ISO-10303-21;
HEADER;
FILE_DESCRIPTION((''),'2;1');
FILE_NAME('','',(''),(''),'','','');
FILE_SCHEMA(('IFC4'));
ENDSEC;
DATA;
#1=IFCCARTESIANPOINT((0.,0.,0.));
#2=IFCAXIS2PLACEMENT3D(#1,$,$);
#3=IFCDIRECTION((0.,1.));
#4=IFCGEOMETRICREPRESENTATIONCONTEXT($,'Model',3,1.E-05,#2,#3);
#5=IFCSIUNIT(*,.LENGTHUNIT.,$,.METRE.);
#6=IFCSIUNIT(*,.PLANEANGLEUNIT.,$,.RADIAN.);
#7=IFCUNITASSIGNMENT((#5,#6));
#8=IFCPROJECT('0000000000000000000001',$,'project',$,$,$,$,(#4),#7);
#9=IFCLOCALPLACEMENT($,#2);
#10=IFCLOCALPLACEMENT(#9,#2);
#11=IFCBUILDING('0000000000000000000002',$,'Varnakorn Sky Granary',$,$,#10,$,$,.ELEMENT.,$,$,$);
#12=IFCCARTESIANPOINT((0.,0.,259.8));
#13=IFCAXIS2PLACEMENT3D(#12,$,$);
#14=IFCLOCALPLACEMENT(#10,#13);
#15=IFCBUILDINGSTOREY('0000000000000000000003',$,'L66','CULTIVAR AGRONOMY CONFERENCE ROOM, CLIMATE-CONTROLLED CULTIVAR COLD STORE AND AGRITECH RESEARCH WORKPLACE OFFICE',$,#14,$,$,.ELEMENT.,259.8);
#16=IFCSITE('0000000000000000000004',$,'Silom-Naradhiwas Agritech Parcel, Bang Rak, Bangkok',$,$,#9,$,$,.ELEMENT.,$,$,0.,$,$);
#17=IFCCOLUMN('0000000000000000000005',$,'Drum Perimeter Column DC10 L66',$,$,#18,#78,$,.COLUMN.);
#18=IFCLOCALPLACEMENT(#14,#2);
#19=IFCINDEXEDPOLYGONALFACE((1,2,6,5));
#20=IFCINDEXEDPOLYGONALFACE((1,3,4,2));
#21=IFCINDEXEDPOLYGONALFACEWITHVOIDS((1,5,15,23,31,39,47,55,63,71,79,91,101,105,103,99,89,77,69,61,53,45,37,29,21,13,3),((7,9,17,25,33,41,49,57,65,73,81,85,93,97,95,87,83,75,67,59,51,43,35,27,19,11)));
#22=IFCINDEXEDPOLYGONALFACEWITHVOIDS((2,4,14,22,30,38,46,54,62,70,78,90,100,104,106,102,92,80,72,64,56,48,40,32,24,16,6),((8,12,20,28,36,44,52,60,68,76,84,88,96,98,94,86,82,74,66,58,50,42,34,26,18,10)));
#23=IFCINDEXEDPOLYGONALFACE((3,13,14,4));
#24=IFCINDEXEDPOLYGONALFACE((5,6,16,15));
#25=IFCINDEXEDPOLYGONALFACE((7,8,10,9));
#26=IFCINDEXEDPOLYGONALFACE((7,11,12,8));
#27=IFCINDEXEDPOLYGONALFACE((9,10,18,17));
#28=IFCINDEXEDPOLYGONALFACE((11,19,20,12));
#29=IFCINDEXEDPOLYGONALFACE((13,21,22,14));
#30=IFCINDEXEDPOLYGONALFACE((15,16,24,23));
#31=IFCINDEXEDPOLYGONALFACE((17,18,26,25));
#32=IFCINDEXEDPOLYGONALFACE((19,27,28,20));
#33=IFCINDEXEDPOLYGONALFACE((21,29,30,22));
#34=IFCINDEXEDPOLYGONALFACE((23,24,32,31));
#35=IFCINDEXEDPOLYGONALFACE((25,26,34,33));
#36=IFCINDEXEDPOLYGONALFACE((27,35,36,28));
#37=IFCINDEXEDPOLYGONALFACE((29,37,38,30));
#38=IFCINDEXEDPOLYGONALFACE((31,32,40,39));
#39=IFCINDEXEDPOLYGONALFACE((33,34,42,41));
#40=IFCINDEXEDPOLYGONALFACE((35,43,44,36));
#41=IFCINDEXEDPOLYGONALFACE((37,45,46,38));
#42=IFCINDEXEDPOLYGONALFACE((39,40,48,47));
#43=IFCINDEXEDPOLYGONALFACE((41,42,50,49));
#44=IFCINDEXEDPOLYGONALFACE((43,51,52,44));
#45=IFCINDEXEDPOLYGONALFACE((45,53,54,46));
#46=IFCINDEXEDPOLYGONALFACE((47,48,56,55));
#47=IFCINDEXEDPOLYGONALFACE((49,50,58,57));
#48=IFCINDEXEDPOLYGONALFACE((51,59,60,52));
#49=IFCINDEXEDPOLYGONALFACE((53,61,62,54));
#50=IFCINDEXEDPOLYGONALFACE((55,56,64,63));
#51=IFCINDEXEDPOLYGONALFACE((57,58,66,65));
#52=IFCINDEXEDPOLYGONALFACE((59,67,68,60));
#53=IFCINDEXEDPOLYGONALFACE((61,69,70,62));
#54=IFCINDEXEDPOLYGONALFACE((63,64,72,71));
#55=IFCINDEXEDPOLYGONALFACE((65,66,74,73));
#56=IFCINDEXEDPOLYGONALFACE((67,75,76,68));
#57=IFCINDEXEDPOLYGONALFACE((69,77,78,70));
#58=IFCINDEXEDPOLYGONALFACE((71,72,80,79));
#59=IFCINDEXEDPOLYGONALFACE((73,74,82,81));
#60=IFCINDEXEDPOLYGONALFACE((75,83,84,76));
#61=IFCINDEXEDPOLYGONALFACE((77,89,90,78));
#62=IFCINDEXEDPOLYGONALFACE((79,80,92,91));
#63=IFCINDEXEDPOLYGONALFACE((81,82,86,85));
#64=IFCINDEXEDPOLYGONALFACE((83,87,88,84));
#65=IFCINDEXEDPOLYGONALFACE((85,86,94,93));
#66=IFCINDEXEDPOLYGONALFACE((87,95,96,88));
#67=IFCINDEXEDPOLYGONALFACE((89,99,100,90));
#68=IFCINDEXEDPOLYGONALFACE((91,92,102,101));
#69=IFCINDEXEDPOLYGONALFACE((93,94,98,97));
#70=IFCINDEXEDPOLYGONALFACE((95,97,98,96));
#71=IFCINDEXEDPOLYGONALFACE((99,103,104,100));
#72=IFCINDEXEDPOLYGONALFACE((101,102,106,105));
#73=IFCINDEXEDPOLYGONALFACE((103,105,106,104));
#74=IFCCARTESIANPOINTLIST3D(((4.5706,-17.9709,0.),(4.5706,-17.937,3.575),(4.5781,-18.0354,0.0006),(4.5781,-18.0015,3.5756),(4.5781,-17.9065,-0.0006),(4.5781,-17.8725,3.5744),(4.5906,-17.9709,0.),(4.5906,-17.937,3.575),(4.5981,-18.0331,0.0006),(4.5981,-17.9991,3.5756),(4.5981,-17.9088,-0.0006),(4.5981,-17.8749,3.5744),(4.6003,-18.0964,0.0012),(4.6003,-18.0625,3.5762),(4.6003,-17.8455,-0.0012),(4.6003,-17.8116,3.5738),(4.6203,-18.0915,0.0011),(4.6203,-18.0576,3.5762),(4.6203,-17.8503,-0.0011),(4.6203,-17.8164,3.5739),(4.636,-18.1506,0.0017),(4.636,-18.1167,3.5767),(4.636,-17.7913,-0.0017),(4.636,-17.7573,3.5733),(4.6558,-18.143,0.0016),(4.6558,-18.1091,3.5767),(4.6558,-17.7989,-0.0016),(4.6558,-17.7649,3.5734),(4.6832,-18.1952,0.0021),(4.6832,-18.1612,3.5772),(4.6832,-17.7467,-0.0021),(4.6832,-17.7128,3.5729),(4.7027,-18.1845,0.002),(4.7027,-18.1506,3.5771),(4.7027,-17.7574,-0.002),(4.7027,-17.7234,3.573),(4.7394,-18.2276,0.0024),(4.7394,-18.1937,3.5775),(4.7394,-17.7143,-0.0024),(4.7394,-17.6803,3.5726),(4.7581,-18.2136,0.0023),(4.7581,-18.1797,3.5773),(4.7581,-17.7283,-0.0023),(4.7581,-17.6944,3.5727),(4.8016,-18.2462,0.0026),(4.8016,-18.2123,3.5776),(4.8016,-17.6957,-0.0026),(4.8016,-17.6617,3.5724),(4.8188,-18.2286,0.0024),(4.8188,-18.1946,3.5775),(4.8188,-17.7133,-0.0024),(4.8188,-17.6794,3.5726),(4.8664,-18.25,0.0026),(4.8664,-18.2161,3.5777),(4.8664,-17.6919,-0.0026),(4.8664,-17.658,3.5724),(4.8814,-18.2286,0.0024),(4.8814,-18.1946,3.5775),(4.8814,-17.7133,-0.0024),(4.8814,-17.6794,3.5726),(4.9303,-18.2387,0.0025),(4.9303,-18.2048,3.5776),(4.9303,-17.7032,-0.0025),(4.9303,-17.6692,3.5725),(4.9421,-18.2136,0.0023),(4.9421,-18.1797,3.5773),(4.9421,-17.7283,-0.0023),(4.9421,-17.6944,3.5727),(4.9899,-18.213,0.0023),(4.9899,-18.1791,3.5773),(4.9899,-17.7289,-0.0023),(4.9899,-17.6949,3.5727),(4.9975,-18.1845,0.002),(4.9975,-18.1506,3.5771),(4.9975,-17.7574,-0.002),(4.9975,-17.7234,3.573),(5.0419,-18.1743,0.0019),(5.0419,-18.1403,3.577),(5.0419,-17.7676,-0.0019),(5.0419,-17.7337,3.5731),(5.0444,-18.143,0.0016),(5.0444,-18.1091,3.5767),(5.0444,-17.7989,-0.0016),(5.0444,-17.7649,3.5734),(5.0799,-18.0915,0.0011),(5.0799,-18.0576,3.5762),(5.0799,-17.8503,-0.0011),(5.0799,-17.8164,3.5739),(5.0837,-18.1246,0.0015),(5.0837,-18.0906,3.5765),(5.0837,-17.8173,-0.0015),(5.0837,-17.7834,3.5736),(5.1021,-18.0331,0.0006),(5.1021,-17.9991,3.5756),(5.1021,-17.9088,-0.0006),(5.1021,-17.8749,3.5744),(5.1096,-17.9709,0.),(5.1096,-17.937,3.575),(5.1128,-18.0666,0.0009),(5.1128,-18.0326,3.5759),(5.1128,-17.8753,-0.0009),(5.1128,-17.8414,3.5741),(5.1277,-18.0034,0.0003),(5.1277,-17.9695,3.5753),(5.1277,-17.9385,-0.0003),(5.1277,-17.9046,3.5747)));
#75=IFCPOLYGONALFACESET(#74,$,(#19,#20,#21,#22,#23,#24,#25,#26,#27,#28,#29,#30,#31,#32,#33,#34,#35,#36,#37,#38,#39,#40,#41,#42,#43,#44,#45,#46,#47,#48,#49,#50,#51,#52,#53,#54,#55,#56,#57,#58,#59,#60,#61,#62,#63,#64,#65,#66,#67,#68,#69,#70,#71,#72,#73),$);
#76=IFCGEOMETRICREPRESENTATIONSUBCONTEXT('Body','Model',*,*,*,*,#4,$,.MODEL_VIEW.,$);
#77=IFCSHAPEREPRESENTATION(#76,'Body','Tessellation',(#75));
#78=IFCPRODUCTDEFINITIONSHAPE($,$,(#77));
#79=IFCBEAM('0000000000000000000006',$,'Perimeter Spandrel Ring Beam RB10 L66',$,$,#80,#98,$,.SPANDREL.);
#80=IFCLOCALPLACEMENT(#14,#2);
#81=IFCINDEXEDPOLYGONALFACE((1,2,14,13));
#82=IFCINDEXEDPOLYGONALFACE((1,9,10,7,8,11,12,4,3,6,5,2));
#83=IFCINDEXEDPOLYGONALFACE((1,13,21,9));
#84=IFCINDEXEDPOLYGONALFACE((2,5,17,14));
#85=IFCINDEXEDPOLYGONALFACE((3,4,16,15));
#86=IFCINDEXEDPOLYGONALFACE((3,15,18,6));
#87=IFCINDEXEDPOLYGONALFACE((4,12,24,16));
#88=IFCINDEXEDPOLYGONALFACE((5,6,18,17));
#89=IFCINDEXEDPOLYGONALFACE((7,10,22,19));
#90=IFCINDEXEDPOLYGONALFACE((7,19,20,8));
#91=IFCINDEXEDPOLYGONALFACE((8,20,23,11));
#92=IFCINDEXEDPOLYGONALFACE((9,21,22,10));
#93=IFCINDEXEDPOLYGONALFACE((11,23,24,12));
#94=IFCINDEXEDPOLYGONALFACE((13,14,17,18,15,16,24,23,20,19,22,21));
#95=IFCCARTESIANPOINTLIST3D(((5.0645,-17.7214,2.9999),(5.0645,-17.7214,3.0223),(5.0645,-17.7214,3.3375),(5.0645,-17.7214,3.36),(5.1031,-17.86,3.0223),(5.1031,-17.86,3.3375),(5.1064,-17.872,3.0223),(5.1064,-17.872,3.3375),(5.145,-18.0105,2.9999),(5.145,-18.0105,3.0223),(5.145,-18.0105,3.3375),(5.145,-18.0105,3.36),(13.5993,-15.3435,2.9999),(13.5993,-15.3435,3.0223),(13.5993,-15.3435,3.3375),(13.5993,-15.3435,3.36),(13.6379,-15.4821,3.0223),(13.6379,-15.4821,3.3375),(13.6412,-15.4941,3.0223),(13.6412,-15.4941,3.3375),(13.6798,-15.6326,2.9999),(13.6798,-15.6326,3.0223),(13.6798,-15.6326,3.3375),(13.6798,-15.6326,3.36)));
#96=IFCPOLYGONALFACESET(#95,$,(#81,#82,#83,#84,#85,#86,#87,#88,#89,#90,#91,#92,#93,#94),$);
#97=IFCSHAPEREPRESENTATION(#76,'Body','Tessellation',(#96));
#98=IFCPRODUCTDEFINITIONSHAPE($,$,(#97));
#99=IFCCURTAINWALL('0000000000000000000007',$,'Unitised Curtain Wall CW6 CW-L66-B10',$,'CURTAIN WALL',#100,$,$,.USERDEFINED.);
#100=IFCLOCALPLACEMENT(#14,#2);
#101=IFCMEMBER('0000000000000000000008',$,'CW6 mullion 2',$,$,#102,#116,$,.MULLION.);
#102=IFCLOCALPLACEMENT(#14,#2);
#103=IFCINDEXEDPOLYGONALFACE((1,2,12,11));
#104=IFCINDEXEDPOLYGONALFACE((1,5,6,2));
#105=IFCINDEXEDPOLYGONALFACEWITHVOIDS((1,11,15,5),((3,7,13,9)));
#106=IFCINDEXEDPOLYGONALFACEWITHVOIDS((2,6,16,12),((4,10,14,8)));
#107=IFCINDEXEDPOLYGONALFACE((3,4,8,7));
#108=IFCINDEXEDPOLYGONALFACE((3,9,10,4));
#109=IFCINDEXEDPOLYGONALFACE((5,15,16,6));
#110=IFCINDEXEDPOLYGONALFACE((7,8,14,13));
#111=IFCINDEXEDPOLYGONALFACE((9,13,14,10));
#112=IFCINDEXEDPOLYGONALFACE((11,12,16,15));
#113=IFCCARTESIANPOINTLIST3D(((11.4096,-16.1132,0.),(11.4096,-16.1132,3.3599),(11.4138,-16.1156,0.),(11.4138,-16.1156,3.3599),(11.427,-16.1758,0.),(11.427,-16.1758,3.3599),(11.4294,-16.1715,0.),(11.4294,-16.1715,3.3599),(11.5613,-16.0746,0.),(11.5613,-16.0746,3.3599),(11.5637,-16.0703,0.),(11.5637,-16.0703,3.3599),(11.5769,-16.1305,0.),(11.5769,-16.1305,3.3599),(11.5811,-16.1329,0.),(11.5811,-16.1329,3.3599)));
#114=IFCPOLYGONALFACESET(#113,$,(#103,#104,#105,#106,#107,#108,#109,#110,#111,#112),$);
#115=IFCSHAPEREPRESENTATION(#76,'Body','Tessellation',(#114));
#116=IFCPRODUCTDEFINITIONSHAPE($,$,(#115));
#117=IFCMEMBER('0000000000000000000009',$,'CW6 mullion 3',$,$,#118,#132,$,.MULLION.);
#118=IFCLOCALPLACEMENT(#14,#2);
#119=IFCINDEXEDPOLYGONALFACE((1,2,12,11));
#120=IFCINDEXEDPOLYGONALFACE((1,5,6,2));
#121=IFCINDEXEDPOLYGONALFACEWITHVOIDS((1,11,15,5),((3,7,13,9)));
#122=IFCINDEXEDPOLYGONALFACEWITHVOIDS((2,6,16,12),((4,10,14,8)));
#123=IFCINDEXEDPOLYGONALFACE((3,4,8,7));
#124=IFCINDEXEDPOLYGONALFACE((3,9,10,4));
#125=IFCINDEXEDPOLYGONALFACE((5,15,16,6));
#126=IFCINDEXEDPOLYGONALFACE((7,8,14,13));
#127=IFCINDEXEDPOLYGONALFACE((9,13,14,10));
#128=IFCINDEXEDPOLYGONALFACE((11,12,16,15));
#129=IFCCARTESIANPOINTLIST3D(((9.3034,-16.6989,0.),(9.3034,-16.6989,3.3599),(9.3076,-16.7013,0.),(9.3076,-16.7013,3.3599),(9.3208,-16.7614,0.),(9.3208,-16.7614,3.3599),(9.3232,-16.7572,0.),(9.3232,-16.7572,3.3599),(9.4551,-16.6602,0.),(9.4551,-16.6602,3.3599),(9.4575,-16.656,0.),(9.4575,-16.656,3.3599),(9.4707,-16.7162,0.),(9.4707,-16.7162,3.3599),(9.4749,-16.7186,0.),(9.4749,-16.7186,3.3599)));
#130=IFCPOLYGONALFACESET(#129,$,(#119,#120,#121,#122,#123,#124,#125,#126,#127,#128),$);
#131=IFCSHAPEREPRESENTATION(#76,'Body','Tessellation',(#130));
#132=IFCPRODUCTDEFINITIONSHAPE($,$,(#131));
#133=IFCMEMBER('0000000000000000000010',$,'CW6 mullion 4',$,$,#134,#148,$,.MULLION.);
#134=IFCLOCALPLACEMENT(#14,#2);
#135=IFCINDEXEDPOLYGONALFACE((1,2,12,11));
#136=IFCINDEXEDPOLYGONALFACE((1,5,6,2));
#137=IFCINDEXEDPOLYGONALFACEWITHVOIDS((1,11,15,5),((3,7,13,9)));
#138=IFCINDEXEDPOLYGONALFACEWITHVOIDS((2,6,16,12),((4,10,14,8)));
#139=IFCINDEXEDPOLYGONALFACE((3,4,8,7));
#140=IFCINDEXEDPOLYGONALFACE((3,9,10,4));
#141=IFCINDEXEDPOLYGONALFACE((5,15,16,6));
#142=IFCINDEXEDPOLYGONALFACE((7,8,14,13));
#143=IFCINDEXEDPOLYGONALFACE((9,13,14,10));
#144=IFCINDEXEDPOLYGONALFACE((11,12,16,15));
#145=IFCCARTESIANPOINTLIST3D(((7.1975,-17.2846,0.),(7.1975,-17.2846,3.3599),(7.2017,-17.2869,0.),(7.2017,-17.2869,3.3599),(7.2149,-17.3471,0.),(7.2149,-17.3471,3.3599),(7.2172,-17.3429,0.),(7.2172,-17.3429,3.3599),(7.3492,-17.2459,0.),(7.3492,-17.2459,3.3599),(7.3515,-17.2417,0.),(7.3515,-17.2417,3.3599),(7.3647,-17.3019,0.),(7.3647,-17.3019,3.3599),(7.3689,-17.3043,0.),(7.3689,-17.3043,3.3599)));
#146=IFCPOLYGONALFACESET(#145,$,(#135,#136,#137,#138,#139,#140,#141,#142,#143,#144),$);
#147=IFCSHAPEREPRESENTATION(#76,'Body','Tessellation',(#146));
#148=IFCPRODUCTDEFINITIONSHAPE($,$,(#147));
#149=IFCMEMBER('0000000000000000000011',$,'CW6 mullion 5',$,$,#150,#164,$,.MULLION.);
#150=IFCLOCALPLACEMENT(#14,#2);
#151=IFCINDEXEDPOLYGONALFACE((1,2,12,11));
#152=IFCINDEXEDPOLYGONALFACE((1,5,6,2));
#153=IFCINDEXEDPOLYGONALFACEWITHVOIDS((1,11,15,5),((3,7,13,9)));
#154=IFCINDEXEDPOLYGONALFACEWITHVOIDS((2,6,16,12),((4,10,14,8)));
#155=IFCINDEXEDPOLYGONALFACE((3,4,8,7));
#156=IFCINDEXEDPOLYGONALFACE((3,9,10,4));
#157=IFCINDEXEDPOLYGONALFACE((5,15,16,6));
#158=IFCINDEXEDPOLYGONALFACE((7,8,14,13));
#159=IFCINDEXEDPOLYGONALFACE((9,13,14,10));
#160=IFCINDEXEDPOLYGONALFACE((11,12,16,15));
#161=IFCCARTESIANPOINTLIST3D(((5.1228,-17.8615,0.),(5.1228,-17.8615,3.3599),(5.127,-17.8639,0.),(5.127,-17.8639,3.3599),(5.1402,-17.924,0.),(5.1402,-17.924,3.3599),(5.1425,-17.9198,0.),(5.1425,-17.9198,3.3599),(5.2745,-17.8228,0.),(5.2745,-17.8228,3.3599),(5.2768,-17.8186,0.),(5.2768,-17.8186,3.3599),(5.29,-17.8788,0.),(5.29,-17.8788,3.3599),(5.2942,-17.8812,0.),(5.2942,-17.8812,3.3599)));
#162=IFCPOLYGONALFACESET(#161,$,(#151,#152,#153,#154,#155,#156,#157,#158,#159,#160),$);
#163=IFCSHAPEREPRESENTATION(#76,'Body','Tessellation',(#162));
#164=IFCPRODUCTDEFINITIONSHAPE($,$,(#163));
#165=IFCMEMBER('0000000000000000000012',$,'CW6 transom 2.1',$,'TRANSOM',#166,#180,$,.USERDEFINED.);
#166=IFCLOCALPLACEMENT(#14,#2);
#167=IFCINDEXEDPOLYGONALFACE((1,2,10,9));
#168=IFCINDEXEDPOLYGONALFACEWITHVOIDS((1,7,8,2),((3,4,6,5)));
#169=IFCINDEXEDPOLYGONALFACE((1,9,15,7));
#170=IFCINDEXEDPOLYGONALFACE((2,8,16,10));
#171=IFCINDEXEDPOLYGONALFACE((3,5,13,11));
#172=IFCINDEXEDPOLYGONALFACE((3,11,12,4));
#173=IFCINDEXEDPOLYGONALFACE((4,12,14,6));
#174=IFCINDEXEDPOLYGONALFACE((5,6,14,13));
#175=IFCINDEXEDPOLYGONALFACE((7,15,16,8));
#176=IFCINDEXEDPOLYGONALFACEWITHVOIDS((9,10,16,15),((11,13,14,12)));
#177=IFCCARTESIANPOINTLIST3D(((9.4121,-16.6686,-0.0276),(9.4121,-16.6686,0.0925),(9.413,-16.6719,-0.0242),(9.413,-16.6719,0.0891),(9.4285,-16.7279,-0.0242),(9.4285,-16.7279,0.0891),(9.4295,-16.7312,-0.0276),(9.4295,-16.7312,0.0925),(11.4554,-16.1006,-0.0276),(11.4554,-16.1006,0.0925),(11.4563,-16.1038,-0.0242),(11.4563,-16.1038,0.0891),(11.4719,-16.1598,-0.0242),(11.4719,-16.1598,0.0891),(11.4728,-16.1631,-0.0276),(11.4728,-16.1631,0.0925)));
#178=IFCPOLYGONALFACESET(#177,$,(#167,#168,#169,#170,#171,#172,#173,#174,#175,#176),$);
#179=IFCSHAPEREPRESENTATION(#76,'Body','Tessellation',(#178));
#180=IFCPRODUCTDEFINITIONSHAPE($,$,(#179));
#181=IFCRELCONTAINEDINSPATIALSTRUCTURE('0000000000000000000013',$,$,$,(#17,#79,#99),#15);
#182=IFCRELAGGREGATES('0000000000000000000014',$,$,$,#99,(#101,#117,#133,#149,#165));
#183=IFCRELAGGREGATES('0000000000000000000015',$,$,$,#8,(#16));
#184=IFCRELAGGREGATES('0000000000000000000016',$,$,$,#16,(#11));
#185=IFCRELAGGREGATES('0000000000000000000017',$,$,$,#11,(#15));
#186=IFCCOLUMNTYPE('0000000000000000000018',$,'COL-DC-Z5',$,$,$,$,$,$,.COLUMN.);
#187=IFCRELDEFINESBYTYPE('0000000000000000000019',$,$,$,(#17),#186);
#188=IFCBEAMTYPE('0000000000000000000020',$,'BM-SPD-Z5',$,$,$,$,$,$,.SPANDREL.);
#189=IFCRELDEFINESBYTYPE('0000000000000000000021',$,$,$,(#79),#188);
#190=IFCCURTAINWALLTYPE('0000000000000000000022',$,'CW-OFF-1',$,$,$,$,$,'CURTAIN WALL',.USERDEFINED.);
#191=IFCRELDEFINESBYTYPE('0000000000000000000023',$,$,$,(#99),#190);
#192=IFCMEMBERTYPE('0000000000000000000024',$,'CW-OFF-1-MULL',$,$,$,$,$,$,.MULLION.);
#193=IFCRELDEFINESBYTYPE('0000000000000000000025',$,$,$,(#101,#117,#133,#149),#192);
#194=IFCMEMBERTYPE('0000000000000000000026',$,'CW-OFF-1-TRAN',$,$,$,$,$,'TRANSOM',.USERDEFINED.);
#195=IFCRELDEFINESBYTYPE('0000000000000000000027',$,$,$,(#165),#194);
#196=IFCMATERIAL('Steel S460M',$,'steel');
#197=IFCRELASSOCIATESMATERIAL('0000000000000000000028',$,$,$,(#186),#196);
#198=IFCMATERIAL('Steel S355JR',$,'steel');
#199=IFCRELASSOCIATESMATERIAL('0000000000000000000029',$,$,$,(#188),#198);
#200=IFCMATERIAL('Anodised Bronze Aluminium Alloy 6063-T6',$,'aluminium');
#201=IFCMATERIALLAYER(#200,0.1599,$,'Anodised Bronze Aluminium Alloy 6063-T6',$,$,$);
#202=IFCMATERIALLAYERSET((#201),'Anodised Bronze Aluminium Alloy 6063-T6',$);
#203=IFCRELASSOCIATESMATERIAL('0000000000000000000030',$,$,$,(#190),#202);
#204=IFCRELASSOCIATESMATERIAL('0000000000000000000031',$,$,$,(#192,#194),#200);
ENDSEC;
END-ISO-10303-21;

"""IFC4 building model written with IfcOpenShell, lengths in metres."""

from ifc_helpers import new_model, si_unit, direction, frame, origin, origin_2d, place, context, subcontext, project, spatial, hollow_rectangle, hollow_circle, i_section, extrude, material, layer, layer_set, material_profile, profile_set, type_object, element, aggregate, save


model = new_model("IFC4")

# Units and contexts
model_context = context("Model", 3, precision=1e-05, world=origin(), true_north=direction((0.0, 1.0)))
body_context = subcontext(model_context, "Body", "Model", "MODEL_VIEW")
ifc_project = project(units=[si_unit("LENGTHUNIT", "METRE"), si_unit("PLANEANGLEUNIT", "RADIAN")], contexts=[model_context])

# Site, building, storey
site_placement = place(None, origin())
site = spatial("IfcSite", under=ifc_project, at=site_placement, Name="Silom-Naradhiwas Agritech Parcel, Bang Rak, Bangkok", CompositionType="ELEMENT", RefElevation=0.0)
building_placement = place(site_placement, origin())
building = spatial("IfcBuilding", under=site, at=building_placement, Name="Varnakorn Sky Granary", CompositionType="ELEMENT")
storey_placement = place(building_placement, frame((0.0, 0.0, 259.8)))
storey = spatial("IfcBuildingStorey", under=building, at=storey_placement, Name="L66", Description="CULTIVAR AGRONOMY CONFERENCE ROOM, CLIMATE-CONTROLLED CULTIVAR COLD STORE AND AGRITECH RESEARCH WORKPLACE OFFICE", CompositionType="ELEMENT", Elevation=259.8)

# Column
ifc_material_1 = material(Name="Steel S460M", Category="steel")
ifc_material_profile_1 = material_profile(ifc_material_1, hollow_circle(Radius=0.2795, WallThickness=0.02, at=origin_2d()), Name="CHS 559x20")
ifc_profile_set_1 = profile_set([ifc_material_profile_1], Name="Steel S460M")
column_type = type_object("IfcColumnType", Name="COL-DC-Z5", PredefinedType="COLUMN", material=ifc_profile_set_1)
column_placement = place(storey_placement, frame((4.8501, -17.9709, 0.0), z_axis=(0.0, 0.009492, 0.999955), x_axis=(-1.0, 0.0, 0.0)))
element("IfcColumn", 1, at=column_placement, inside=storey, type_object=column_type, Name="Drum Perimeter Column DC10 L66", PredefinedType="COLUMN", context=body_context, shape_type="SweptSolid", body=[
    extrude(hollow_circle(Radius=0.2795, WallThickness=0.02, at=origin_2d()), origin(), (0.0, 0.0, 1.0), 3.5752),
])

# Beam
ifc_material_2 = material(Name="Steel S355JR", Category="steel")
ifc_material_profile_2 = material_profile(ifc_material_2, i_section(OverallWidth=0.3, OverallDepth=0.3601, WebThickness=0.0125, FlangeThickness=0.0225, at=origin_2d()), Name="HE 360 B")
ifc_profile_set_2 = profile_set([ifc_material_profile_2], Name="Steel S355JR")
beam_type = type_object("IfcBeamType", Name="BM-SPD-Z5", PredefinedType="SPANDREL", material=ifc_profile_set_2)
beam_placement = place(storey_placement, frame((5.1047, -17.866, 3.1799), z_axis=(0.96331, 0.26839, 0.0), x_axis=(-0.26839, 0.96331, 0.0)))
element("IfcBeam", 2, at=beam_placement, inside=storey, type_object=beam_type, Name="Perimeter Spandrel Ring Beam RB10 L66", PredefinedType="SPANDREL", context=body_context, shape_type="SweptSolid", body=[
    extrude(i_section(OverallWidth=0.3, OverallDepth=0.3601, WebThickness=0.0125, FlangeThickness=0.0225, at=origin_2d()), origin(), (0.0, 0.0, 1.0), 8.8599),
])

# Curtain wall, members
ifc_material_3 = material(Name="Anodised Bronze Aluminium Alloy 6063-T6", Category="aluminium")
ifc_layer_1 = layer(ifc_material_3, 0.1599, Name="Anodised Bronze Aluminium Alloy 6063-T6")
ifc_layer_set_1 = layer_set([ifc_layer_1], Name="Anodised Bronze Aluminium Alloy 6063-T6")
curtain_wall_type = type_object("IfcCurtainWallType", Name="CW-OFF-1", ElementType="CURTAIN WALL", PredefinedType="USERDEFINED", material=ifc_layer_set_1)
curtain_wall_placement = place(storey_placement, origin())
curtain_wall = element("IfcCurtainWall", 3, at=curtain_wall_placement, inside=storey, type_object=curtain_wall_type, Name="Unitised Curtain Wall CW6 CW-L66-B10", ObjectType="CURTAIN WALL", PredefinedType="USERDEFINED")
ifc_material_profile_3 = material_profile(ifc_material_3, hollow_rectangle(XDim=0.0649, YDim=0.1599, WallThickness=0.0034, at=origin_2d()), Name="ALU MULL 65x160")
ifc_profile_set_3 = profile_set([ifc_material_profile_3], Name="Anodised Bronze Aluminium Alloy 6063-T6")
member_type_1 = type_object("IfcMemberType", Name="CW-OFF-1-MULL", PredefinedType="MULLION", material=ifc_profile_set_3)
member_1_placement = place(storey_placement, frame((11.4954, -16.123, 0.0), z_axis=(0.0, 0.0, 1.0), x_axis=(0.267911, -0.963444, 0.0)))
member_1 = element("IfcMember", 4, at=member_1_placement, type_object=member_type_1, Name="CW6 mullion 2", PredefinedType="MULLION", context=body_context, shape_type="SweptSolid", body=[
    extrude(hollow_rectangle(XDim=0.0649, YDim=0.1599, WallThickness=0.0034, at=origin_2d()), origin(), (0.0, 0.0, 1.0), 3.3599),
])
member_2_placement = place(storey_placement, frame((9.3892, -16.7087, 0.0), z_axis=(0.0, 0.0, 1.0), x_axis=(0.267911, -0.963444, 0.0)))
member_2 = element("IfcMember", 5, at=member_2_placement, type_object=member_type_1, Name="CW6 mullion 3", PredefinedType="MULLION", context=body_context, shape_type="SweptSolid", body=[
    extrude(hollow_rectangle(XDim=0.0649, YDim=0.1599, WallThickness=0.0034, at=origin_2d()), origin(), (0.0, 0.0, 1.0), 3.3599),
])
member_3_placement = place(storey_placement, frame((7.2832, -17.2944, 0.0), z_axis=(0.0, 0.0, 1.0), x_axis=(0.267911, -0.963444, 0.0)))
member_3 = element("IfcMember", 6, at=member_3_placement, type_object=member_type_1, Name="CW6 mullion 4", PredefinedType="MULLION", context=body_context, shape_type="SweptSolid", body=[
    extrude(hollow_rectangle(XDim=0.0649, YDim=0.1599, WallThickness=0.0034, at=origin_2d()), origin(), (0.0, 0.0, 1.0), 3.3599),
])
member_4_placement = place(storey_placement, frame((5.2085, -17.8713, 0.0), z_axis=(0.0, 0.0, 1.0), x_axis=(0.267911, -0.963444, 0.0)))
member_4 = element("IfcMember", 7, at=member_4_placement, type_object=member_type_1, Name="CW6 mullion 5", PredefinedType="MULLION", context=body_context, shape_type="SweptSolid", body=[
    extrude(hollow_rectangle(XDim=0.0649, YDim=0.1599, WallThickness=0.0034, at=origin_2d()), origin(), (0.0, 0.0, 1.0), 3.3599),
])
ifc_material_profile_4 = material_profile(ifc_material_3, hollow_rectangle(XDim=0.0649, YDim=0.1201, WallThickness=0.0034, at=origin_2d()), Name="ALU TRAN 65x120")
ifc_profile_set_4 = profile_set([ifc_material_profile_4], Name="Anodised Bronze Aluminium Alloy 6063-T6")
member_type_2 = type_object("IfcMemberType", Name="CW-OFF-1-TRAN", ElementType="TRANSOM", PredefinedType="USERDEFINED", material=ifc_profile_set_4)
member_5_placement = place(storey_placement, frame((11.4641, -16.1318, 0.0325), z_axis=(-0.963459, -0.267858, 0.0), x_axis=(0.267858, -0.963459, 0.0)))
member_5 = element("IfcMember", 8, at=member_5_placement, type_object=member_type_2, Name="CW6 transom 2.1", ObjectType="TRANSOM", PredefinedType="USERDEFINED", context=body_context, shape_type="SweptSolid", body=[
    extrude(hollow_rectangle(XDim=0.0649, YDim=0.1201, WallThickness=0.0034, at=origin_2d()), origin(), (0.0, 0.0, 1.0), 2.1208),
])
aggregate(curtain_wall, [member_1, member_2, member_3, member_4, member_5])

save(model, "model.ifc")
